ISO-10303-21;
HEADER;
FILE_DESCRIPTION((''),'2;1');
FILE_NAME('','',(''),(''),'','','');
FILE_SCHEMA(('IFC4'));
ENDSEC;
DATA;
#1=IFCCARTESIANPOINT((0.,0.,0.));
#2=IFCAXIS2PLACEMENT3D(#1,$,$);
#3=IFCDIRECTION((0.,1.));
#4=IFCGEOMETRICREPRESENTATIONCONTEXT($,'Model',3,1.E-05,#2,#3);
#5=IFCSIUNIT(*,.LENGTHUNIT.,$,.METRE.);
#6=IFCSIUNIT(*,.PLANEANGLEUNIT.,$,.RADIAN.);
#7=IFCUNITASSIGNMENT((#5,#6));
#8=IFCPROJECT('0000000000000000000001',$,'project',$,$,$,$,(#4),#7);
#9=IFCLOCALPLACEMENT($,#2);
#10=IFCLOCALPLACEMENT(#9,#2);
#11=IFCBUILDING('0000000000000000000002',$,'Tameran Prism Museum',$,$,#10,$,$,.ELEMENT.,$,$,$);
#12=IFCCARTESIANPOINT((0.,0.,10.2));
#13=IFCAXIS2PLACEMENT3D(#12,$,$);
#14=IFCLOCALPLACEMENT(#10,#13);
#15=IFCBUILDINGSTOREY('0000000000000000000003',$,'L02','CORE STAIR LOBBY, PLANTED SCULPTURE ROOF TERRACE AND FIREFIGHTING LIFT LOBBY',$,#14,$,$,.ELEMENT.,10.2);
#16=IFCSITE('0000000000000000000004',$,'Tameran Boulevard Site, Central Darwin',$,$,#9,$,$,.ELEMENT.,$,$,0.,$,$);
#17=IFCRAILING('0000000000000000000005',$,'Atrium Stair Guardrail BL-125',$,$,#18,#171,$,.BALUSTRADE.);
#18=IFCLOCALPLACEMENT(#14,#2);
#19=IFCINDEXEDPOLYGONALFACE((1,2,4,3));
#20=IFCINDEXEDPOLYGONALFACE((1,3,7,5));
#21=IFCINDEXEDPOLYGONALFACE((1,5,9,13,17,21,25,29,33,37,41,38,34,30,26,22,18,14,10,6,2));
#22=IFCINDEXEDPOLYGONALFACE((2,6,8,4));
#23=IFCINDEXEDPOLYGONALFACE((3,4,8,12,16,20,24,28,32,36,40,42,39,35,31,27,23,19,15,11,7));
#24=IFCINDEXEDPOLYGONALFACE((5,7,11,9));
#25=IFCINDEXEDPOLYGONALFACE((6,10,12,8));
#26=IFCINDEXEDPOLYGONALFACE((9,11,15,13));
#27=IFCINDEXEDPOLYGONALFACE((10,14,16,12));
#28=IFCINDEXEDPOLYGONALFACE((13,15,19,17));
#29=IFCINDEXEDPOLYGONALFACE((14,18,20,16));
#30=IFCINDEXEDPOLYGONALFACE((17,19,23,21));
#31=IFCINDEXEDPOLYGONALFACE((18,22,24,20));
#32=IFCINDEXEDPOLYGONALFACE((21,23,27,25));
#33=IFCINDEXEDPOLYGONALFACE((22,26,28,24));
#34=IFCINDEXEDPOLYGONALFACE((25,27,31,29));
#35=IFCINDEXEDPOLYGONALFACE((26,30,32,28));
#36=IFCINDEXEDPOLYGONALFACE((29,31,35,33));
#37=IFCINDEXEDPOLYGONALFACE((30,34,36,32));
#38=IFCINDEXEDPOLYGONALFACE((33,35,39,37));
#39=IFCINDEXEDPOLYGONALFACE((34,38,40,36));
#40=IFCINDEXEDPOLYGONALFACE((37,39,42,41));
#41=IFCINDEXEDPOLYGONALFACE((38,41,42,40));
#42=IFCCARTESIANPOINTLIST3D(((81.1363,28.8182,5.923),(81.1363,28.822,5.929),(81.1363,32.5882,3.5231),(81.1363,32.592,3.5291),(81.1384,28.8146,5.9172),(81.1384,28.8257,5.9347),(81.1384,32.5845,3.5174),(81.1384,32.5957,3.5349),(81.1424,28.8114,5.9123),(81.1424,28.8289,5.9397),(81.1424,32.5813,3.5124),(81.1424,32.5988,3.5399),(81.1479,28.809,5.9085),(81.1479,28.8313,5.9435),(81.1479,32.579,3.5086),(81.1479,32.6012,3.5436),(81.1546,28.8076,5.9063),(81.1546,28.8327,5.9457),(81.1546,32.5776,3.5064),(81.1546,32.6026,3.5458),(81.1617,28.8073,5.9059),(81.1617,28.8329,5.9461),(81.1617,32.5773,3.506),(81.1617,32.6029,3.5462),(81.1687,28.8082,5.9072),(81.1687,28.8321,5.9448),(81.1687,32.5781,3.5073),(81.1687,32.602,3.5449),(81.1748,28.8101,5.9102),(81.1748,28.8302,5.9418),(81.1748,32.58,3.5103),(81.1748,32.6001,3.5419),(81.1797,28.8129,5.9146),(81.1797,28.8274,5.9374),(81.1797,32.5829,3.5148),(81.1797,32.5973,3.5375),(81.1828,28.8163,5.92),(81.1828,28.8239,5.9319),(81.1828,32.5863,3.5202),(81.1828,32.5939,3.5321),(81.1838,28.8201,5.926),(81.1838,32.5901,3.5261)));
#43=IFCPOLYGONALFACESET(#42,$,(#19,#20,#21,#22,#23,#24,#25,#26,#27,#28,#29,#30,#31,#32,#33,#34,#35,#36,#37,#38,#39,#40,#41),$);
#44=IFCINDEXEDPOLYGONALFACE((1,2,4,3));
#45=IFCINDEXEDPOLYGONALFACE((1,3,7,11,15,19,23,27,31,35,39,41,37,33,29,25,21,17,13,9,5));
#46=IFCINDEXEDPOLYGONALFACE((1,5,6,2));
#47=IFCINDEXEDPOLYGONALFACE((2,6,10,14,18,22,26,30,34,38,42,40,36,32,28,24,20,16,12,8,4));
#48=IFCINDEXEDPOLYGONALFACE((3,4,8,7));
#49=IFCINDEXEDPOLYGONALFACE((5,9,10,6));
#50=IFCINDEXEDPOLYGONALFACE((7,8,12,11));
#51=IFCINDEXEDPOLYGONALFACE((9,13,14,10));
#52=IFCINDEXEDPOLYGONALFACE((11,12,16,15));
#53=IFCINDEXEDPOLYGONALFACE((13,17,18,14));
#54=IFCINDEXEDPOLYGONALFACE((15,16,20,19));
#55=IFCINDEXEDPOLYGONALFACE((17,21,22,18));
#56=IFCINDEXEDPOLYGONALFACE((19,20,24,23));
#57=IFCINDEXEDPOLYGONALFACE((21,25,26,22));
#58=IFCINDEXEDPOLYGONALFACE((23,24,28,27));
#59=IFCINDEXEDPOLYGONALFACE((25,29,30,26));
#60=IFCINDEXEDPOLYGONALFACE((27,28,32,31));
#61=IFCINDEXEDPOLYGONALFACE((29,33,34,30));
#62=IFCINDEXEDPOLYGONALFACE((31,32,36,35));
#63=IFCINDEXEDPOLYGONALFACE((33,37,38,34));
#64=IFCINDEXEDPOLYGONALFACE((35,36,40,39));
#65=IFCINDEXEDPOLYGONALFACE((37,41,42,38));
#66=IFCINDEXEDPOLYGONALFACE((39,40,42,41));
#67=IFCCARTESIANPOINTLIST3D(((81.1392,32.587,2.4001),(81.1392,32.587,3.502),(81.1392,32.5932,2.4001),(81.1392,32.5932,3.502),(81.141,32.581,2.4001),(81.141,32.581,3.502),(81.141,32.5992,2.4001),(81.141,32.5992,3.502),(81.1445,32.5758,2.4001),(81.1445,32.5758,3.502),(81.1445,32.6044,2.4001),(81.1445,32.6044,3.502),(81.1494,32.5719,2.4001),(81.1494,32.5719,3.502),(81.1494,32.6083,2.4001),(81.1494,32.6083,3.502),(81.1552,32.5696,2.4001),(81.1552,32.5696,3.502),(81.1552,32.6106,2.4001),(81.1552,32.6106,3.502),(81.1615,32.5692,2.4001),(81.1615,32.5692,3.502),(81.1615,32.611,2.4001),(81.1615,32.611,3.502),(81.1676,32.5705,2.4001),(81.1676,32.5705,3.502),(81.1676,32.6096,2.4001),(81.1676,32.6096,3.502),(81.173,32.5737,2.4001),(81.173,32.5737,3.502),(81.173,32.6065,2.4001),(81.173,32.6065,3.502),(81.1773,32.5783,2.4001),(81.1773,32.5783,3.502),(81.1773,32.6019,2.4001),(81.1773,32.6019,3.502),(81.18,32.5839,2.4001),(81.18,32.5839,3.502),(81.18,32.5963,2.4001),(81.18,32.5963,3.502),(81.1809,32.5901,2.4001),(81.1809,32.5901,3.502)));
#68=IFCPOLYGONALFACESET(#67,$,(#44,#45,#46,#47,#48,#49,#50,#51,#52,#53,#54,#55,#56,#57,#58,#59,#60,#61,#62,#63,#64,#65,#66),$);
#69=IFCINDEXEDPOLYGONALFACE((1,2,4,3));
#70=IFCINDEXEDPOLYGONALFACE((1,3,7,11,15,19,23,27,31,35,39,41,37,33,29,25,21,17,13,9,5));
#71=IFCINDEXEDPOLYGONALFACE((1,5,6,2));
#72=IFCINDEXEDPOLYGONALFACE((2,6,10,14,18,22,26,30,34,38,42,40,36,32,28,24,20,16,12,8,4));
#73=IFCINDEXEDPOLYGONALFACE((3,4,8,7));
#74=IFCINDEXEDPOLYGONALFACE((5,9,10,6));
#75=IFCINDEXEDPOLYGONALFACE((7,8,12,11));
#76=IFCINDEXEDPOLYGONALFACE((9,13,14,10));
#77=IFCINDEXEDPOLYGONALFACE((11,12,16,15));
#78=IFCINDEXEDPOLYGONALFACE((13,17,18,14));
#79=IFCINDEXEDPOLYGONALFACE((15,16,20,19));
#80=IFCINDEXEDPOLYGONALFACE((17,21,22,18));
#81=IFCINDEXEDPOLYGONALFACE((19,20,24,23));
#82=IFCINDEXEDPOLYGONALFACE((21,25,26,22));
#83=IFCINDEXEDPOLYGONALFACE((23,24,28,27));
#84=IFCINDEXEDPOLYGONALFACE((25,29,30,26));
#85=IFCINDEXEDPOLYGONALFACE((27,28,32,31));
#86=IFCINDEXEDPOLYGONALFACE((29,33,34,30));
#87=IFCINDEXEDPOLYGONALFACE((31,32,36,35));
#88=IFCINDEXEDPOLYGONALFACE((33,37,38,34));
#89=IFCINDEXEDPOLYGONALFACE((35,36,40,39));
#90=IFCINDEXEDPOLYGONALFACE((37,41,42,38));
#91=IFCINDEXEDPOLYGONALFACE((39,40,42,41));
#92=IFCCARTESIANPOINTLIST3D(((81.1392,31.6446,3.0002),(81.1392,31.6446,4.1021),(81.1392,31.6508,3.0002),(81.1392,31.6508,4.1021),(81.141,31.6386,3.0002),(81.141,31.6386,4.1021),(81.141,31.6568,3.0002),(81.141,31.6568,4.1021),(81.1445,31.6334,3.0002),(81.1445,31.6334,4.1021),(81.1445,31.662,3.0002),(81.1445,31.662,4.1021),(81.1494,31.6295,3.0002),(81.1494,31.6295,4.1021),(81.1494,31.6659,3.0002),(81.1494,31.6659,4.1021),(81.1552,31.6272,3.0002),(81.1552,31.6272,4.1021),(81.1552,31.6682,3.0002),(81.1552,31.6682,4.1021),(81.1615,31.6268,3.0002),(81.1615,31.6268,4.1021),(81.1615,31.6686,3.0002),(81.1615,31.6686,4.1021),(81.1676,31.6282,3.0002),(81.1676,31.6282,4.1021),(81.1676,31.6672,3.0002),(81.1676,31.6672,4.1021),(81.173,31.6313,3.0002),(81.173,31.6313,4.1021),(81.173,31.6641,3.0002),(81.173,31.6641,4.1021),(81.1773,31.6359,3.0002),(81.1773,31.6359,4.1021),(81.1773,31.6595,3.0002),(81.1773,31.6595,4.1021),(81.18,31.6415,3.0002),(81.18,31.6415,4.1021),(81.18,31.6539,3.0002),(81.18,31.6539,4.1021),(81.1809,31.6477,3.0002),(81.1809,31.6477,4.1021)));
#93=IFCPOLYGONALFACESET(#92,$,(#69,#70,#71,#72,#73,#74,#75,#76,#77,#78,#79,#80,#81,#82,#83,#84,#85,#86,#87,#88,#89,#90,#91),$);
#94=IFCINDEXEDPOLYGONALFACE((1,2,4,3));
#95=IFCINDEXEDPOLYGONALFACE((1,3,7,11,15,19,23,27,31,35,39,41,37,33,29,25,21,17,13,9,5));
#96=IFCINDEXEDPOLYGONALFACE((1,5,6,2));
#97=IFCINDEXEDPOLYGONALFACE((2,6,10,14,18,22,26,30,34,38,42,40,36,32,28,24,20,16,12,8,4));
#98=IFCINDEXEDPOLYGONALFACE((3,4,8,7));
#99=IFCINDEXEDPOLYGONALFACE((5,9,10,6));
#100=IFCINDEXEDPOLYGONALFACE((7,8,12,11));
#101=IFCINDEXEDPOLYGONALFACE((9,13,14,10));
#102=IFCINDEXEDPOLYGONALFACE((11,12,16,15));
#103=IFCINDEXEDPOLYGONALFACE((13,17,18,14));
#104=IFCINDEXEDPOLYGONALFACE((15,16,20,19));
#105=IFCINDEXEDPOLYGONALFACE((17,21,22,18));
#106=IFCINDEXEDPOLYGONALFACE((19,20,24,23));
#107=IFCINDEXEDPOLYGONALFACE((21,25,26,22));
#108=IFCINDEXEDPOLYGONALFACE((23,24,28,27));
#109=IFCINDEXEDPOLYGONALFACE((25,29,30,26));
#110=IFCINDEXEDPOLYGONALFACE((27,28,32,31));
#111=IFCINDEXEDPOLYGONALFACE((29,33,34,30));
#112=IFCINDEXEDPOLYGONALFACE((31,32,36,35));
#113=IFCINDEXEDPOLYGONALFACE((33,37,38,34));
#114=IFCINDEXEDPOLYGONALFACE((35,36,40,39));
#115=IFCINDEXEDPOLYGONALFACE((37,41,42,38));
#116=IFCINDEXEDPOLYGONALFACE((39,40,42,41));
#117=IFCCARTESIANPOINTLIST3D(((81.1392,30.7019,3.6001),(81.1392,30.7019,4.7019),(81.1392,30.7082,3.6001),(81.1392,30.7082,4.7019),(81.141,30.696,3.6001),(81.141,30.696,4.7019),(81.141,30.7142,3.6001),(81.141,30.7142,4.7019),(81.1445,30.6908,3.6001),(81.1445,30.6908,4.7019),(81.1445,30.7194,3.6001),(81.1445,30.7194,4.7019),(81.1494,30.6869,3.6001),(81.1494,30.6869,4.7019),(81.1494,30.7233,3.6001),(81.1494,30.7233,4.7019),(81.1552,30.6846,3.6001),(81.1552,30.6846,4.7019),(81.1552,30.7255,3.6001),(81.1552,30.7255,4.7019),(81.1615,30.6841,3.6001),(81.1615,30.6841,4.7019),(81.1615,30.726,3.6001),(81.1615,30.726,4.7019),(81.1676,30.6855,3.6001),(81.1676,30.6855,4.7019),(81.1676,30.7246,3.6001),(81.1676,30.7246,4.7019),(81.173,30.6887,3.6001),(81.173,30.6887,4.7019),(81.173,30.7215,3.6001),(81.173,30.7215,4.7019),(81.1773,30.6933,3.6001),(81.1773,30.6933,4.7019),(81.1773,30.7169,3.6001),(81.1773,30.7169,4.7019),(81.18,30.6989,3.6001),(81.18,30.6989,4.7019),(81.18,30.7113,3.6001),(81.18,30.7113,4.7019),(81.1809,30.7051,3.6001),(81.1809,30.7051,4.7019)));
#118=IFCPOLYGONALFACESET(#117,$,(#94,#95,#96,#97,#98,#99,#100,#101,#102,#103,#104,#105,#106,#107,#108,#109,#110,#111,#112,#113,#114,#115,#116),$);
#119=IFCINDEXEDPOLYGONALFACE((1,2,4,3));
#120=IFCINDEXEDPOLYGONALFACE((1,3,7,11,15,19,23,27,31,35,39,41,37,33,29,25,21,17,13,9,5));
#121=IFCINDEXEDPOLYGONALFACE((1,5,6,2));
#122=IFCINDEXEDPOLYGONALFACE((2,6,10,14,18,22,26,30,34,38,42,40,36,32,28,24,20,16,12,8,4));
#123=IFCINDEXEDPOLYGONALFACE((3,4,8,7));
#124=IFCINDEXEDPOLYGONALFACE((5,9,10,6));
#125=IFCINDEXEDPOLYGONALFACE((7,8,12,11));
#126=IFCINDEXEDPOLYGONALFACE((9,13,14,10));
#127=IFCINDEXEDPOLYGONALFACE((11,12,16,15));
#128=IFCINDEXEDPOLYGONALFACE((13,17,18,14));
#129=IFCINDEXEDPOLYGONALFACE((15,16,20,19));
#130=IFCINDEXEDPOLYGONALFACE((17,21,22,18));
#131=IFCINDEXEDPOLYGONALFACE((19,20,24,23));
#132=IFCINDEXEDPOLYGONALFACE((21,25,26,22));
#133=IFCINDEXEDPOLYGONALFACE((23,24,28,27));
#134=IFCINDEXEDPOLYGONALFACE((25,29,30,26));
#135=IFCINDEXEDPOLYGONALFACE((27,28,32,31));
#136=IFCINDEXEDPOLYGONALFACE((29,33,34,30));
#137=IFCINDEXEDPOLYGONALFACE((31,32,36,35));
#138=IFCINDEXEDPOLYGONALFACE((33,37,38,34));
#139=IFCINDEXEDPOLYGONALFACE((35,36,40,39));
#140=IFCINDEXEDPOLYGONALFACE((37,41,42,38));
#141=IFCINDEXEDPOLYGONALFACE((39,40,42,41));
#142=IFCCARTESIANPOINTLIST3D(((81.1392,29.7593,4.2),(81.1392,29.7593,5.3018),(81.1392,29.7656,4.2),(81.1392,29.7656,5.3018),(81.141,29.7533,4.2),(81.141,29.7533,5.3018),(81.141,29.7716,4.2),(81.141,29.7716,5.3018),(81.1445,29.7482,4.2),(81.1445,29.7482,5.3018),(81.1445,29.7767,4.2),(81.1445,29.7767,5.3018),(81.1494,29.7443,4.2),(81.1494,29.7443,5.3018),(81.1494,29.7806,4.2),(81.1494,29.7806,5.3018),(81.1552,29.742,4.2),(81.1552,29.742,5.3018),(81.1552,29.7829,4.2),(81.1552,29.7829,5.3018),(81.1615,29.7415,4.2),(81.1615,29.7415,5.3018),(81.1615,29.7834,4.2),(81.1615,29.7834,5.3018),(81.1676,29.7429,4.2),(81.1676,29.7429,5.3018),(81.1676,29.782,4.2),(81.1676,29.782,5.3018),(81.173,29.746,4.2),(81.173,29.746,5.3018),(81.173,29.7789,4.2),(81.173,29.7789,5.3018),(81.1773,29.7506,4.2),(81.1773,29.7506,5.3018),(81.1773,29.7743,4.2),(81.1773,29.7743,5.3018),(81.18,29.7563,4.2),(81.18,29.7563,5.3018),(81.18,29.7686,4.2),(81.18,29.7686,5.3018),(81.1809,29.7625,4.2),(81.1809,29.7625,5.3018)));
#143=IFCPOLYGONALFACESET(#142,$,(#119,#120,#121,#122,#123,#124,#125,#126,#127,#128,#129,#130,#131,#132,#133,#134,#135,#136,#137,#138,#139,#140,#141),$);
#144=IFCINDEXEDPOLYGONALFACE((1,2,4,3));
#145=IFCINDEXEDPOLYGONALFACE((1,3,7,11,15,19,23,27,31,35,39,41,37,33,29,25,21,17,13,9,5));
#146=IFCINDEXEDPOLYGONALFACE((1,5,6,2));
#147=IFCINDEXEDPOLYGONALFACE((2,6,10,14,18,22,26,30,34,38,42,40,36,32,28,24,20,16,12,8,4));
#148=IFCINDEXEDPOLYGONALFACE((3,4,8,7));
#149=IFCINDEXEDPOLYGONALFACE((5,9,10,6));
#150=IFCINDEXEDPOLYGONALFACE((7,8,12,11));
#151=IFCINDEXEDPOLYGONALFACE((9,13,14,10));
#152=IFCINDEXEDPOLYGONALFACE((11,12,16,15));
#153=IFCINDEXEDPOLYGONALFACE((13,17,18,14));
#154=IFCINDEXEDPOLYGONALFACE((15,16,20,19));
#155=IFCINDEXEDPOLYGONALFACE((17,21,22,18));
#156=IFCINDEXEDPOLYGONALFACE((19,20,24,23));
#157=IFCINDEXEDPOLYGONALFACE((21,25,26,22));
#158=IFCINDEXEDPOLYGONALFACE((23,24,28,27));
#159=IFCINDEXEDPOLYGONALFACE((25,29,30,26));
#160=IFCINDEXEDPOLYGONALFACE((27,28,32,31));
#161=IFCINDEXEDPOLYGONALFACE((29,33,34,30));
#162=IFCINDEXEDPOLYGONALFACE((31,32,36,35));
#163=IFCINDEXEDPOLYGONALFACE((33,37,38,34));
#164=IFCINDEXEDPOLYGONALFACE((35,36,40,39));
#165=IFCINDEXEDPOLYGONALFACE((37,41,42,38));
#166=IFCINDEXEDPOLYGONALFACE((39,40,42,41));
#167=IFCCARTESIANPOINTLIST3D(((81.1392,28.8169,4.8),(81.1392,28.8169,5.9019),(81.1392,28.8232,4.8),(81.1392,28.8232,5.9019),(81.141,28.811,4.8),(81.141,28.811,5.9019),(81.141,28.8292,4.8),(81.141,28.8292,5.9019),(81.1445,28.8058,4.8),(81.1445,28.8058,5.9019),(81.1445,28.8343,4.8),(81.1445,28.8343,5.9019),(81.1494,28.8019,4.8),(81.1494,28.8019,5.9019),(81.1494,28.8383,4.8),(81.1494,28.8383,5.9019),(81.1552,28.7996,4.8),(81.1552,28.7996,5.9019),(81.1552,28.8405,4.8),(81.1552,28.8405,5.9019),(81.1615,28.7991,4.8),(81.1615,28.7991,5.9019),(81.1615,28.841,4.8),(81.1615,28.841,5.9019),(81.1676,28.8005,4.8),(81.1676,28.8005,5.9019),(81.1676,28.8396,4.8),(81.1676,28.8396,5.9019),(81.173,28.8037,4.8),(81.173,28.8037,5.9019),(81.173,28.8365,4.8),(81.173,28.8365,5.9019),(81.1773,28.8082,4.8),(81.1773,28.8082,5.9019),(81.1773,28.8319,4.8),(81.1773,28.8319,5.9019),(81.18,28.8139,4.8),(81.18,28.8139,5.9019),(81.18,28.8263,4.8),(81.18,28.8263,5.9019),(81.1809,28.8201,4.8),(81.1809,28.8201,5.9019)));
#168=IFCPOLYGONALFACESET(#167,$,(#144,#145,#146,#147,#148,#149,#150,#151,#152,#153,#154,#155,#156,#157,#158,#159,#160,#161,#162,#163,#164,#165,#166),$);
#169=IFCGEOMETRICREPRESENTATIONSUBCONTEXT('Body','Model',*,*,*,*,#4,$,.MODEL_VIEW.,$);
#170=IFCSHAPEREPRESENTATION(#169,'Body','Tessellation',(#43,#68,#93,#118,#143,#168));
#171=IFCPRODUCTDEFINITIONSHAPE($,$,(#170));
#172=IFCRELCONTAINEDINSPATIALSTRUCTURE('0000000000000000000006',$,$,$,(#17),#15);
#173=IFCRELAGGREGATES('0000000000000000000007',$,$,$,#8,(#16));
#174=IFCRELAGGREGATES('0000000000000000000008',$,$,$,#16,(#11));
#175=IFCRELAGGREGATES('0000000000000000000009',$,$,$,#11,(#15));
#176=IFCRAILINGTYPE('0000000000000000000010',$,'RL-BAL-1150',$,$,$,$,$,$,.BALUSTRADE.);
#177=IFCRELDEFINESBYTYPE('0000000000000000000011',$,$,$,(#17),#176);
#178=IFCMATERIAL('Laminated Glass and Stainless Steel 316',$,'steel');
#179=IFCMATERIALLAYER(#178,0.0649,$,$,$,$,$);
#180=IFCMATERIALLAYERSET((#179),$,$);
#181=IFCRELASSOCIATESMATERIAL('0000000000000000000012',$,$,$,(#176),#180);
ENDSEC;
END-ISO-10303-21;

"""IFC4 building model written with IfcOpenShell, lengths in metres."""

from ifc_helpers import new_model, si_unit, direction, frame, origin, origin_2d, place, context, subcontext, project, spatial, circle, extrude, material, layer, layer_set, type_object, element, save


model = new_model("IFC4")

# Units and contexts
model_context = context("Model", 3, precision=1e-05, world=origin(), true_north=direction((0.0, 1.0)))
body_context = subcontext(model_context, "Body", "Model", "MODEL_VIEW")
ifc_project = project(units=[si_unit("LENGTHUNIT", "METRE"), si_unit("PLANEANGLEUNIT", "RADIAN")], contexts=[model_context])

# Site, building, storey
site_placement = place(None, origin())
site = spatial("IfcSite", under=ifc_project, at=site_placement, Name="Tameran Boulevard Site, Central Darwin", CompositionType="ELEMENT", RefElevation=0.0)
building_placement = place(site_placement, origin())
building = spatial("IfcBuilding", under=site, at=building_placement, Name="Tameran Prism Museum", CompositionType="ELEMENT")
storey_placement = place(building_placement, frame((0.0, 0.0, 10.2)))
storey = spatial("IfcBuildingStorey", under=building, at=storey_placement, Name="L02", Description="CORE STAIR LOBBY, PLANTED SCULPTURE ROOF TERRACE AND FIREFIGHTING LIFT LOBBY", CompositionType="ELEMENT", Elevation=10.2)

# Railing
ifc_material_1 = material(Name="Laminated Glass and Stainless Steel 316", Category="steel")
ifc_layer_1 = layer(ifc_material_1, 0.0649)
ifc_layer_set_1 = layer_set([ifc_layer_1])
railing_type = type_object("IfcRailingType", Name="RL-BAL-1150", PredefinedType="BALUSTRADE", material=ifc_layer_set_1)
railing_1_placement = place(storey_placement, frame((81.1599, 32.5901, 2.4001)))
element("IfcRailing", 1, at=railing_1_placement, inside=storey, type_object=railing_type, Name="Atrium Stair Guardrail BL-125", PredefinedType="BALUSTRADE", context=body_context, shape_type="SweptSolid", body=[
    extrude(circle(Radius=0.0239, at=origin_2d()), frame((0.0, 0.0, 1.126), z_axis=(0.0, -0.84358, 0.537003), x_axis=(1.0, 0.0, 0.0)), (0.0, 0.0, 1.0), 4.469),
    extrude(circle(Radius=0.021, at=origin_2d()), origin(), (0.0, 0.0, 1.0), 1.1018),
    extrude(circle(Radius=0.021, at=origin_2d()), frame((0.0, -0.9424, 0.6001)), (0.0, 0.0, 1.0), 1.1018),
    extrude(circle(Radius=0.021, at=origin_2d()), frame((0.0, -1.885, 1.2)), (0.0, 0.0, 1.0), 1.1018),
    extrude(circle(Radius=0.021, at=origin_2d()), frame((0.0, -2.8276, 1.7998)), (0.0, 0.0, 1.0), 1.1018),
    extrude(circle(Radius=0.021, at=origin_2d()), frame((0.0, -3.77, 2.3999)), (0.0, 0.0, 1.0), 1.1018),
])

save(model, "model.ifc")
